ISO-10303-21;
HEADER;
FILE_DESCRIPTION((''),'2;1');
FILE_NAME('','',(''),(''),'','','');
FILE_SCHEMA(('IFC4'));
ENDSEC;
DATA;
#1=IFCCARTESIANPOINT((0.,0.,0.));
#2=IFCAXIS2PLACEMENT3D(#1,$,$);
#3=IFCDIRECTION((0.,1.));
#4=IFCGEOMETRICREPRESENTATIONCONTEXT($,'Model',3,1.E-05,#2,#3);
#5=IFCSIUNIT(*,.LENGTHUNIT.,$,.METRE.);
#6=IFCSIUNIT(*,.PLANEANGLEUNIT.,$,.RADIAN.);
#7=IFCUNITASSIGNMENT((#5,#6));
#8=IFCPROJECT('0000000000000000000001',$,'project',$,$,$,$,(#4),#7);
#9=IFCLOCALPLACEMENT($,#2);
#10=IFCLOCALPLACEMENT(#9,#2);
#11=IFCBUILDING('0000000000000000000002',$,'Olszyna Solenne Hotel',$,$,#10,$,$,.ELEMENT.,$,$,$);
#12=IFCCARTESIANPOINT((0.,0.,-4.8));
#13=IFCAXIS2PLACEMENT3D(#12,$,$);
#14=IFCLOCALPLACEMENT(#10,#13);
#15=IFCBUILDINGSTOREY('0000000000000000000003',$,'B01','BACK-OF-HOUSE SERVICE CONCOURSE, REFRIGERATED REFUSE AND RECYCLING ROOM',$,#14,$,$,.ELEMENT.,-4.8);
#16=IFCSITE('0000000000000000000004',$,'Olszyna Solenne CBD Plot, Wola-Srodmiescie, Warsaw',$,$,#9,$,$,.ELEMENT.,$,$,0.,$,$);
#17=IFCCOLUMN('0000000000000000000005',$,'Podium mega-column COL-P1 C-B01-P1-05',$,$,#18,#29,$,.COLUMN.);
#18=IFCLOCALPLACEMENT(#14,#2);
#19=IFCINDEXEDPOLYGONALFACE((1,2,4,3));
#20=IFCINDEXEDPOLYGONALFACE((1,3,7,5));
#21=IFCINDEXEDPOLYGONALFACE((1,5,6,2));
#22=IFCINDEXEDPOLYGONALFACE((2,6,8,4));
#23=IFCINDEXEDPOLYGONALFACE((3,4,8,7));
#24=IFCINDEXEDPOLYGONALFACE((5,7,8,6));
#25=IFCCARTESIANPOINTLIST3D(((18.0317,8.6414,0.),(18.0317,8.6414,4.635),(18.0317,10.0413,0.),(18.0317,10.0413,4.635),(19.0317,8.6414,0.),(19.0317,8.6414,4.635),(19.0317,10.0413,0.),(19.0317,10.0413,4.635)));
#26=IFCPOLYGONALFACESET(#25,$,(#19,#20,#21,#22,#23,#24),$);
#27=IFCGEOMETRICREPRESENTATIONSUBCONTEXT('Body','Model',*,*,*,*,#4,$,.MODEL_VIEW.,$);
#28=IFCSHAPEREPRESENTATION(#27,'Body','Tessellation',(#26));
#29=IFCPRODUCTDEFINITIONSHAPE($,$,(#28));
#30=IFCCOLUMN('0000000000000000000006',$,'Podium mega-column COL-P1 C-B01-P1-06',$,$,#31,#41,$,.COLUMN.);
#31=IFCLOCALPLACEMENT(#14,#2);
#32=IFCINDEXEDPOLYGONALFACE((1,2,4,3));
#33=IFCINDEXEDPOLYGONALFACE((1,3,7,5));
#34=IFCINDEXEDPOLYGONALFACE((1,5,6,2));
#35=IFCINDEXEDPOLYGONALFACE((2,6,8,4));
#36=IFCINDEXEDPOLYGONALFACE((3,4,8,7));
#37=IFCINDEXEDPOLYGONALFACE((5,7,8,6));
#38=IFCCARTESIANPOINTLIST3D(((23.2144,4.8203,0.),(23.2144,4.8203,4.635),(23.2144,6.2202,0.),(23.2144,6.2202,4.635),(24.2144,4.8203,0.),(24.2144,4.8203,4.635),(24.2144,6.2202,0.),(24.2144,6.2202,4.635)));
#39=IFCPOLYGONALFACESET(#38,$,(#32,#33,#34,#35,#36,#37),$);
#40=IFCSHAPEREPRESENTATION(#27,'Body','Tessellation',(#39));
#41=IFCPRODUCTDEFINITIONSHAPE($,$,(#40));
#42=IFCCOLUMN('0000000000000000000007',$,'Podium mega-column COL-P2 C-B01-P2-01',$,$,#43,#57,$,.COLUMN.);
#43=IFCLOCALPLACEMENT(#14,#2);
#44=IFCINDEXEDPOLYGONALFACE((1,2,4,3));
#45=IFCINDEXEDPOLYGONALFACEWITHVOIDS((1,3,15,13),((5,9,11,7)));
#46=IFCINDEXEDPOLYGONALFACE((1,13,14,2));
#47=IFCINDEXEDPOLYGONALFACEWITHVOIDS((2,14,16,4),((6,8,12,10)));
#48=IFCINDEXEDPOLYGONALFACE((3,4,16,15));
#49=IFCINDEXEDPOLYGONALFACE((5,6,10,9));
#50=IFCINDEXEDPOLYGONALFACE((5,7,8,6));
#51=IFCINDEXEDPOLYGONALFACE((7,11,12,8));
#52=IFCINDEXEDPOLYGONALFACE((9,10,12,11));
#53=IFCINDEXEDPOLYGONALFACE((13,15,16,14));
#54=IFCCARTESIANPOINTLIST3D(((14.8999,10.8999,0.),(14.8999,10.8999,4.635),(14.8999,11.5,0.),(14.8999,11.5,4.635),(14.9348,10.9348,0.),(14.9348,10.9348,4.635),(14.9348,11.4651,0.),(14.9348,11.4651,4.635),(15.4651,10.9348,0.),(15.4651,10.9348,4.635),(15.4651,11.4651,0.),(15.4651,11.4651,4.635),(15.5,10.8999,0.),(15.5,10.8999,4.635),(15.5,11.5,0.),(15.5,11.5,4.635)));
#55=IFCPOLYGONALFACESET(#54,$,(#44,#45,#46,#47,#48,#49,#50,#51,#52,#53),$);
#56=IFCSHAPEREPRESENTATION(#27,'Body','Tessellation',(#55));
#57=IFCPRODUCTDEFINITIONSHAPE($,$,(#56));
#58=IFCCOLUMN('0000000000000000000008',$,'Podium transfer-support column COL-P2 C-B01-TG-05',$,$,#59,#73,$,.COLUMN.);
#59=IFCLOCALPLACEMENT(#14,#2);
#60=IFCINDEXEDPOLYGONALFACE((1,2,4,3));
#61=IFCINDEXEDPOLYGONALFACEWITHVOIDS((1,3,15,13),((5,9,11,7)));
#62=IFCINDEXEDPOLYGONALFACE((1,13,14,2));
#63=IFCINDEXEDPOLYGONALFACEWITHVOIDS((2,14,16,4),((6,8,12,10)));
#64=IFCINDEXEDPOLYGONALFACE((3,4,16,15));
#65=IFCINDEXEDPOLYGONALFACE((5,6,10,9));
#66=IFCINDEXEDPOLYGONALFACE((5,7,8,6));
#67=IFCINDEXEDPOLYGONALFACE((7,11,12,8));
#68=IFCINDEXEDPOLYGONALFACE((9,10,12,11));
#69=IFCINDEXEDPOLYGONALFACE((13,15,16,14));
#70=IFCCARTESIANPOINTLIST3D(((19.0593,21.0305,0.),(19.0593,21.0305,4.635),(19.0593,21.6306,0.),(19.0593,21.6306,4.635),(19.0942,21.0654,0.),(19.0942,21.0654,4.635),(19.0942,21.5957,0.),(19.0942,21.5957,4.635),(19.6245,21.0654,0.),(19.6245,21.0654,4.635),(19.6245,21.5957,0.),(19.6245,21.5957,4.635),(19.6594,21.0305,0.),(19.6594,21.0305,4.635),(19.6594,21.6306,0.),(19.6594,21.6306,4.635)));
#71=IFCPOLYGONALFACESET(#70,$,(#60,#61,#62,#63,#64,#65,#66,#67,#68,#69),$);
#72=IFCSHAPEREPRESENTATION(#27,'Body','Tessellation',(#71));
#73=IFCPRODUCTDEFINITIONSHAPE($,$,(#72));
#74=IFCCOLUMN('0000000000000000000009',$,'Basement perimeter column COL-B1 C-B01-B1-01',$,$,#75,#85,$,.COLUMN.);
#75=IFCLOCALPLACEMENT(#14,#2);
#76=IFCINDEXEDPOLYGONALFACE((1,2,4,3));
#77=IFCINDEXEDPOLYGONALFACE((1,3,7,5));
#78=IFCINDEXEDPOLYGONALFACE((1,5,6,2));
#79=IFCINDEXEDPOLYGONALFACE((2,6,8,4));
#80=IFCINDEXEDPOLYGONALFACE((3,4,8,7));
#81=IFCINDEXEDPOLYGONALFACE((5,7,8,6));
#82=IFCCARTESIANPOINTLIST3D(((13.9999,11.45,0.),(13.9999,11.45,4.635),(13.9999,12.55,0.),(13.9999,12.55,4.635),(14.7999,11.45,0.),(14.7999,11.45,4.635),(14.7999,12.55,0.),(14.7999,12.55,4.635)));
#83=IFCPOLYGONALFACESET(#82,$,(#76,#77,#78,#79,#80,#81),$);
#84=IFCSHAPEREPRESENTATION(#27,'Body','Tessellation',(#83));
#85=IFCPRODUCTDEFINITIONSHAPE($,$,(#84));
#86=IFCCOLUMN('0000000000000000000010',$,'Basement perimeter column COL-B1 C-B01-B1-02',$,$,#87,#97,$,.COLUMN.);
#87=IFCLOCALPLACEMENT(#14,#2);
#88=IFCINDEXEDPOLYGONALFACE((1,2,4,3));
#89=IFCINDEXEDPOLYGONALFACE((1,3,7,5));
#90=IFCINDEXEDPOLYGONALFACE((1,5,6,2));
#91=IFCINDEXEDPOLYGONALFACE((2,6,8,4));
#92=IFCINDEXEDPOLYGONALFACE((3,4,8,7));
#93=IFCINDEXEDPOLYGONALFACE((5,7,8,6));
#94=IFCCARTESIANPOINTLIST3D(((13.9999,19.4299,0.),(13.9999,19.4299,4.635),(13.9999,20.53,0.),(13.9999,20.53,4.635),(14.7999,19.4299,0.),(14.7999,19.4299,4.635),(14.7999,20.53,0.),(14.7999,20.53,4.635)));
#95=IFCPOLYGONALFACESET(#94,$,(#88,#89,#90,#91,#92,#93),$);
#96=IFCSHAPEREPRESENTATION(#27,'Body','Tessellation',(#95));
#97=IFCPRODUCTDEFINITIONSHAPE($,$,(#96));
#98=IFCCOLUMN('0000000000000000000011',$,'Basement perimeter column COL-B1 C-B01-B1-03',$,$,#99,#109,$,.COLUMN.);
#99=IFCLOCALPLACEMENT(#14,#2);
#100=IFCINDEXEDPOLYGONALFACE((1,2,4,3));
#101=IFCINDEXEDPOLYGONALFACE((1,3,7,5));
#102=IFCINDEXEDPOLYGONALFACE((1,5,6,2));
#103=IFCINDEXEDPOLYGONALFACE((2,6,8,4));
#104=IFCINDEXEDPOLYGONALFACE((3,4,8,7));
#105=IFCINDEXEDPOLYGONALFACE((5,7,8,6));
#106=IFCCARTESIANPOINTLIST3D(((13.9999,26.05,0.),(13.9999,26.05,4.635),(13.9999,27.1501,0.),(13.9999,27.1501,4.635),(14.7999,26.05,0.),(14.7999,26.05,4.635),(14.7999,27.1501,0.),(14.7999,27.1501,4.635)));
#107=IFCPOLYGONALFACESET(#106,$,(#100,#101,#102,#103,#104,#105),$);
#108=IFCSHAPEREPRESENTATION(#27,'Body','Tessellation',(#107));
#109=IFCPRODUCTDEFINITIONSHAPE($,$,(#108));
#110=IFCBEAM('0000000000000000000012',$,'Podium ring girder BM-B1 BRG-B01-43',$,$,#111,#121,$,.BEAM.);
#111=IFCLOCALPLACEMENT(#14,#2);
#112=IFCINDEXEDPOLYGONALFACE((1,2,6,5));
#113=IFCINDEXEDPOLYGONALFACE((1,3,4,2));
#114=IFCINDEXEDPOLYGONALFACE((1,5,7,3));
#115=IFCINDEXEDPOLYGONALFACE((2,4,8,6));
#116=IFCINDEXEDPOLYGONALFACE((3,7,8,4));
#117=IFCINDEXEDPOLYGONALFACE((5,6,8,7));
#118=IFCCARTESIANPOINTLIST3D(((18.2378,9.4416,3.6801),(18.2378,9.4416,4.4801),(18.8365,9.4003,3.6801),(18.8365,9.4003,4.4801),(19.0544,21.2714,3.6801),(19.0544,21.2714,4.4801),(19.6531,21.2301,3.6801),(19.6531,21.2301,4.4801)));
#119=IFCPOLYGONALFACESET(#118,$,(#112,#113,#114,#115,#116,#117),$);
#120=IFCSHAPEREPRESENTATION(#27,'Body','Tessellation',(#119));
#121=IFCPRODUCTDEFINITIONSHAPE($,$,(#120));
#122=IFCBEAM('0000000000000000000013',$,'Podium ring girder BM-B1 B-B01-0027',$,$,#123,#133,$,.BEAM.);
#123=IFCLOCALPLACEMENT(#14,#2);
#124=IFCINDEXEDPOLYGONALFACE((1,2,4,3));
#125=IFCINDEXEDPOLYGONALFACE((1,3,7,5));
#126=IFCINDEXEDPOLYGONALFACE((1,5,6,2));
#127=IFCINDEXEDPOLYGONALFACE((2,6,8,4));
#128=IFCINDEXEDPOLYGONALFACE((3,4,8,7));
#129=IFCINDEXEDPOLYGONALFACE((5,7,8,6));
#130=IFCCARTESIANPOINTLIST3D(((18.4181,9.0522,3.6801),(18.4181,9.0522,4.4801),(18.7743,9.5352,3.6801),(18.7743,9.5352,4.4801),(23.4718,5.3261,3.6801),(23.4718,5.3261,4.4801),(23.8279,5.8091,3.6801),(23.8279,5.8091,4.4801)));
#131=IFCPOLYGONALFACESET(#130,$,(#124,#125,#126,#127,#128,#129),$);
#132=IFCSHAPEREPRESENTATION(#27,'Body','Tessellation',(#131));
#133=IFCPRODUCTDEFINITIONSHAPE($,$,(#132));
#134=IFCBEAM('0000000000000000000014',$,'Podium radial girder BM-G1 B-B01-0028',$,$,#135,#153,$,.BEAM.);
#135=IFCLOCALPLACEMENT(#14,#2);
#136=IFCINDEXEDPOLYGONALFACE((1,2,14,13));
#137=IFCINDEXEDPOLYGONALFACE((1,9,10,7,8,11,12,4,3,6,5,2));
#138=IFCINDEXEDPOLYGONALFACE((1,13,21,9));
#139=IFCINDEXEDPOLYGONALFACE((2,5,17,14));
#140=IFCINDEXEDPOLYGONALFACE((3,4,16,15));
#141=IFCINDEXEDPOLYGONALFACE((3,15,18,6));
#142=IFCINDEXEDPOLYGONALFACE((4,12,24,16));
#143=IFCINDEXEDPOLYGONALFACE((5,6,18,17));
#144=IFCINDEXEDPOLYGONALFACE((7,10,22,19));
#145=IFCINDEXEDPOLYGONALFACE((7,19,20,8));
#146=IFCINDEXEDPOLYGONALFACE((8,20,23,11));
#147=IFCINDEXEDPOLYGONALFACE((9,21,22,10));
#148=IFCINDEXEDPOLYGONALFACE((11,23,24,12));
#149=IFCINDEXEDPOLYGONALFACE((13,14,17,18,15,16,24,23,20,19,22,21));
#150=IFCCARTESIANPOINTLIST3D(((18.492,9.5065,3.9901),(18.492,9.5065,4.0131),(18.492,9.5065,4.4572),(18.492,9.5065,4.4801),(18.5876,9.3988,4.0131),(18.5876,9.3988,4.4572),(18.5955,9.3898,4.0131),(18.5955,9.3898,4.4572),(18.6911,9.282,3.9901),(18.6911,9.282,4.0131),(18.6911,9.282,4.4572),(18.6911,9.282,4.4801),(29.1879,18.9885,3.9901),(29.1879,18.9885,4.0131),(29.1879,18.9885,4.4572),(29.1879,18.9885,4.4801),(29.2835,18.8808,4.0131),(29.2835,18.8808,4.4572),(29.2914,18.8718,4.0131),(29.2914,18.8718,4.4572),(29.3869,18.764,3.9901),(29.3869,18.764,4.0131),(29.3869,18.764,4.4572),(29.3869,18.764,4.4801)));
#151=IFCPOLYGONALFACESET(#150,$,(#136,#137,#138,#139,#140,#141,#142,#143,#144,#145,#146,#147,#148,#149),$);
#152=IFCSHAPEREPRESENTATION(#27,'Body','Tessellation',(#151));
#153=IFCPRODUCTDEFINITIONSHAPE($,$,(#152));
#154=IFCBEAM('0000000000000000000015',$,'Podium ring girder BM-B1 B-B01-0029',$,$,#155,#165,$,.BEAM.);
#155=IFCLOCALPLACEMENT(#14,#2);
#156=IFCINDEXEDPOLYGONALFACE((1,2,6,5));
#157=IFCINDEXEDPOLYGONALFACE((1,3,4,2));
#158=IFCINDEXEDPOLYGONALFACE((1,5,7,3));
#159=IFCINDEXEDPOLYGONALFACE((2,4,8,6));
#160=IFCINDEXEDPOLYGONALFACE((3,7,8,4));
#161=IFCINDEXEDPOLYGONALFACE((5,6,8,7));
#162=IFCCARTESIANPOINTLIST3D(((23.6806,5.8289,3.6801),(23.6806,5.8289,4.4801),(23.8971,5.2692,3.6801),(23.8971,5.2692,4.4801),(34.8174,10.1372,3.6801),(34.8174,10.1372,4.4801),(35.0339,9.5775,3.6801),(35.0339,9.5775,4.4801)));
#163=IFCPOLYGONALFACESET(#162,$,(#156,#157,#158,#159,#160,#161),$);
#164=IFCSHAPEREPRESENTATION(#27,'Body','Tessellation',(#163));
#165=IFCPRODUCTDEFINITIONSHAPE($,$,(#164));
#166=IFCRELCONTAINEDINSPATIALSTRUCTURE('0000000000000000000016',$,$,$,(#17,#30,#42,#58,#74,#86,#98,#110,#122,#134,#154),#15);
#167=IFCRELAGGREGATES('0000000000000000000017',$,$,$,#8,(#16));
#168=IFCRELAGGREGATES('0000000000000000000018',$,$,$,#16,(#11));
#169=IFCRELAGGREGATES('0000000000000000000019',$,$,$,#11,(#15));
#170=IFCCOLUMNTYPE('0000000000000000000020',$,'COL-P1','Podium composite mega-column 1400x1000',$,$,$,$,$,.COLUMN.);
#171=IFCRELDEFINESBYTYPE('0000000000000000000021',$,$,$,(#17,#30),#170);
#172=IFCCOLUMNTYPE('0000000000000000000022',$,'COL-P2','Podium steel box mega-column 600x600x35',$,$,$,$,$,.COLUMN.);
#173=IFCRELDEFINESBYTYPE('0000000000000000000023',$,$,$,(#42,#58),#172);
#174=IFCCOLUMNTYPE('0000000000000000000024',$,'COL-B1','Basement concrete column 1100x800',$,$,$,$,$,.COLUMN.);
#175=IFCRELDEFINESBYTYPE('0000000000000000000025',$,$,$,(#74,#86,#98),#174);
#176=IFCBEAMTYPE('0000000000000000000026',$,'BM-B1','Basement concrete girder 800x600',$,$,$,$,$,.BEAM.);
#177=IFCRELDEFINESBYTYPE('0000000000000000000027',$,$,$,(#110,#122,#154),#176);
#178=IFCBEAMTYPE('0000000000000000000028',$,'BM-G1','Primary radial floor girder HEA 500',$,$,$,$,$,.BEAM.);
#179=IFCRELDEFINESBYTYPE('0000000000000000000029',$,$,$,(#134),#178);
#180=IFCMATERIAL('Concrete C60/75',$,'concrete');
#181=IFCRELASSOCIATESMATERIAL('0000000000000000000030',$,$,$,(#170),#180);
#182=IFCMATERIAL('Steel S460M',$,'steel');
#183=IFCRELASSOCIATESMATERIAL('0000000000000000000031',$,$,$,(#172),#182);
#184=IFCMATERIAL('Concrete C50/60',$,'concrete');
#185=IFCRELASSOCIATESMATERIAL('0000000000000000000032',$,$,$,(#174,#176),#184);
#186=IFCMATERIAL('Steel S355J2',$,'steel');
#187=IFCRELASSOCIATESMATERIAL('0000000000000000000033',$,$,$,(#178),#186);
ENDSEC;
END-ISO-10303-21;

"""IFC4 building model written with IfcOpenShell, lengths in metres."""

from ifc_helpers import new_model, si_unit, direction, frame, origin, origin_2d, place, context, subcontext, project, spatial, rectangle, hollow_rectangle, i_section, extrude, source, transform, mapped, material, material_profile, profile_set, type_object, element, save


model = new_model("IFC4")

# Units and contexts
model_context = context("Model", 3, precision=1e-05, world=origin(), true_north=direction((0.0, 1.0)))
body_context = subcontext(model_context, "Body", "Model", "MODEL_VIEW")
ifc_project = project(units=[si_unit("LENGTHUNIT", "METRE"), si_unit("PLANEANGLEUNIT", "RADIAN")], contexts=[model_context])

# Site, building, storey
site_placement = place(None, origin())
site = spatial("IfcSite", under=ifc_project, at=site_placement, Name="Olszyna Solenne CBD Plot, Wola-Srodmiescie, Warsaw", CompositionType="ELEMENT", RefElevation=0.0)
building_placement = place(site_placement, origin())
building = spatial("IfcBuilding", under=site, at=building_placement, Name="Olszyna Solenne Hotel", CompositionType="ELEMENT")
storey_placement = place(building_placement, frame((0.0, 0.0, -4.8)))
storey = spatial("IfcBuildingStorey", under=building, at=storey_placement, Name="B01", Description="BACK-OF-HOUSE SERVICE CONCOURSE, REFRIGERATED REFUSE AND RECYCLING ROOM", CompositionType="ELEMENT", Elevation=-4.8)

# Columns
ifc_material_1 = material(Name="Concrete C60/75", Category="concrete")
ifc_material_profile_1 = material_profile(ifc_material_1, rectangle(XDim=1.0, YDim=1.3999, at=origin_2d()), Name="RC 1400x1000", Category="load-bearing")
ifc_profile_set_1 = profile_set([ifc_material_profile_1], Name="Concrete C60/75")
column_type_1 = type_object("IfcColumnType", Name="COL-P1", Description="Podium composite mega-column 1400x1000", PredefinedType="COLUMN", material=ifc_profile_set_1)
shared_shape_1 = source(origin(), body_context, "Body", "SweptSolid", [
    extrude(rectangle(XDim=1.0, YDim=1.3999, at=origin_2d()), origin(), (0.0, 0.0, 1.0), 4.635),
])
for number, where, z_axis, x_axis, name in (
    (1, (18.5317, 9.3413, 0.0), (0.0, 0.0, 1.0), (1.0, 0.0, 0.0), "Podium mega-column COL-P1 C-B01-P1-05"),
    (2, (23.7144, 5.5203, 0.0), (0.0, 0.0, 1.0), (1.0, 0.0, 0.0), "Podium mega-column COL-P1 C-B01-P1-06"),
):
    element("IfcColumn", number, at=place(storey_placement, frame(where, z_axis=z_axis, x_axis=x_axis)), inside=storey, type_object=column_type_1, Name=name, PredefinedType="COLUMN", context=body_context, shape_type="MappedRepresentation", body=[
        mapped(shared_shape_1, transform((0.0, 0.0, 0.0), x_axis=(1.0, 0.0, 0.0), y_axis=(0.0, 1.0, 0.0), z_axis=(0.0, 0.0, 1.0), scale=1.0)),
    ])
ifc_material_2 = material(Name="Steel S460M", Category="steel")
ifc_material_profile_2 = material_profile(ifc_material_2, hollow_rectangle(XDim=0.6001, YDim=0.6001, WallThickness=0.0349, at=origin_2d()), Name="SHS 600x600x35", Category="load-bearing")
ifc_profile_set_2 = profile_set([ifc_material_profile_2], Name="Steel S460M")
column_type_2 = type_object("IfcColumnType", Name="COL-P2", Description="Podium steel box mega-column 600x600x35", PredefinedType="COLUMN", material=ifc_profile_set_2)
shared_shape_2 = source(origin(), body_context, "Body", "SweptSolid", [
    extrude(hollow_rectangle(XDim=0.6001, YDim=0.6001, WallThickness=0.0349, at=origin_2d()), origin(), (0.0, 0.0, 1.0), 4.635),
])
for number, where, z_axis, x_axis, name in (
    (3, (15.2, 11.2, 0.0), (0.0, 0.0, 1.0), (1.0, 0.0, 0.0), "Podium mega-column COL-P2 C-B01-P2-01"),
    (4, (19.3594, 21.3306, 0.0), (0.0, 0.0, 1.0), (1.0, 0.0, 0.0), "Podium transfer-support column COL-P2 C-B01-TG-05"),
):
    element("IfcColumn", number, at=place(storey_placement, frame(where, z_axis=z_axis, x_axis=x_axis)), inside=storey, type_object=column_type_2, Name=name, PredefinedType="COLUMN", context=body_context, shape_type="MappedRepresentation", body=[
        mapped(shared_shape_2, transform((0.0, 0.0, 0.0), x_axis=(1.0, 0.0, 0.0), y_axis=(0.0, 1.0, 0.0), z_axis=(0.0, 0.0, 1.0), scale=1.0)),
    ])
ifc_material_3 = material(Name="Concrete C50/60", Category="concrete")
ifc_material_profile_3 = material_profile(ifc_material_3, rectangle(XDim=0.8, YDim=1.1001, at=origin_2d()), Name="RC 1100x800", Category="load-bearing")
ifc_profile_set_3 = profile_set([ifc_material_profile_3], Name="Concrete C50/60")
column_type_3 = type_object("IfcColumnType", Name="COL-B1", Description="Basement concrete column 1100x800", PredefinedType="COLUMN", material=ifc_profile_set_3)
shared_shape_3 = source(origin(), body_context, "Body", "SweptSolid", [
    extrude(rectangle(XDim=0.8, YDim=1.1001, at=origin_2d()), origin(), (0.0, 0.0, 1.0), 4.635),
])
for number, where, z_axis, x_axis, name in (
    (5, (14.3999, 12.0, 0.0), (0.0, 0.0, 1.0), (1.0, 0.0, 0.0), "Basement perimeter column COL-B1 C-B01-B1-01"),
    (6, (14.3999, 19.98, 0.0), (0.0, 0.0, 1.0), (1.0, 0.0, 0.0), "Basement perimeter column COL-B1 C-B01-B1-02"),
    (7, (14.3999, 26.6001, 0.0), (0.0, 0.0, 1.0), (1.0, 0.0, 0.0), "Basement perimeter column COL-B1 C-B01-B1-03"),
):
    element("IfcColumn", number, at=place(storey_placement, frame(where, z_axis=z_axis, x_axis=x_axis)), inside=storey, type_object=column_type_3, Name=name, PredefinedType="COLUMN", context=body_context, shape_type="MappedRepresentation", body=[
        mapped(shared_shape_3, transform((0.0, 0.0, 0.0), x_axis=(1.0, 0.0, 0.0), y_axis=(0.0, 1.0, 0.0), z_axis=(0.0, 0.0, 1.0), scale=1.0)),
    ])

# Beams
ifc_material_profile_4 = material_profile(ifc_material_3, rectangle(XDim=0.6001, YDim=0.8, at=origin_2d()), Name="RC 800x600", Category="load-bearing")
ifc_profile_set_4 = profile_set([ifc_material_profile_4], Name="Concrete C50/60")
beam_type_1 = type_object("IfcBeamType", Name="BM-B1", Description="Basement concrete girder 800x600", PredefinedType="BEAM", material=ifc_profile_set_4)
shared_shape_4 = source(origin(), body_context, "Body", "SweptSolid", [
    extrude(rectangle(XDim=0.6001, YDim=0.8, at=origin_2d()), origin(), (0.0, 0.0, 1.0), 11.8579),
])
beam_1_placement = place(storey_placement, frame((19.3538, 21.2507, 4.0801), z_axis=(-0.068869, -0.997626, 0.0), x_axis=(0.997626, -0.068869, 0.0)))
element("IfcBeam", 8, at=beam_1_placement, inside=storey, type_object=beam_type_1, Name="Podium ring girder BM-B1 BRG-B01-43", PredefinedType="BEAM", context=body_context, shape_type="MappedRepresentation", body=[
    mapped(shared_shape_4, transform((0.0, 0.0, 0.0), x_axis=(1.0, 0.0, 0.0), y_axis=(0.0, 1.0, 0.0), z_axis=(0.0, 0.0, 1.0), scale=1.0)),
])
shared_shape_5 = source(origin(), body_context, "Body", "SweptSolid", [
    extrude(rectangle(XDim=0.6001, YDim=0.8, at=origin_2d()), origin(), (0.0, 0.0, 1.0), 6.2788),
])
beam_2_placement = place(storey_placement, frame((18.5962, 9.2937, 4.0801), z_axis=(0.804882, -0.593435, 0.0), x_axis=(0.593435, 0.804882, 0.0)))
element("IfcBeam", 9, at=beam_2_placement, inside=storey, type_object=beam_type_1, Name="Podium ring girder BM-B1 B-B01-0027", PredefinedType="BEAM", context=body_context, shape_type="MappedRepresentation", body=[
    mapped(shared_shape_5, transform((0.0, 0.0, 0.0), x_axis=(1.0, 0.0, 0.0), y_axis=(0.0, 1.0, 0.0), z_axis=(0.0, 0.0, 1.0), scale=1.0)),
])
ifc_material_4 = material(Name="Steel S355J2", Category="steel")
ifc_material_profile_5 = material_profile(ifc_material_4, i_section(OverallWidth=0.3, OverallDepth=0.49, WebThickness=0.012, FlangeThickness=0.0229, at=origin_2d()), Name="HEA 500", Category="load-bearing")
ifc_profile_set_5 = profile_set([ifc_material_profile_5], Name="Steel S355J2")
beam_type_2 = type_object("IfcBeamType", Name="BM-G1", Description="Primary radial floor girder HEA 500", PredefinedType="BEAM", material=ifc_profile_set_5)
shared_shape_6 = source(origin(), body_context, "Body", "SweptSolid", [
    extrude(i_section(OverallWidth=0.3, OverallDepth=0.49, WebThickness=0.012, FlangeThickness=0.0229, at=origin_2d()), origin(), (0.0, 0.0, 1.0), 14.2937),
])
beam_3_placement = place(storey_placement, frame((18.5916, 9.3943, 4.2351), z_axis=(0.748293, 0.663369, 0.0), x_axis=(-0.663369, 0.748293, 0.0)))
element("IfcBeam", 10, at=beam_3_placement, inside=storey, type_object=beam_type_2, Name="Podium radial girder BM-G1 B-B01-0028", PredefinedType="BEAM", context=body_context, shape_type="MappedRepresentation", body=[
    mapped(shared_shape_6, transform((0.0, 0.0, 0.0), x_axis=(1.0, 0.0, 0.0), y_axis=(0.0, 1.0, 0.0), z_axis=(0.0, 0.0, 1.0), scale=1.0)),
])
shared_shape_7 = source(origin(), body_context, "Body", "SweptSolid", [
    extrude(rectangle(XDim=0.6001, YDim=0.8, at=origin_2d()), origin(), (0.0, 0.0, 1.0), 11.9412),
])
beam_4_placement = place(storey_placement, frame((23.7888, 5.5491, 4.0801), z_axis=(0.932645, 0.360795, 0.0), x_axis=(-0.360795, 0.932645, 0.0)))
element("IfcBeam", 11, at=beam_4_placement, inside=storey, type_object=beam_type_1, Name="Podium ring girder BM-B1 B-B01-0029", PredefinedType="BEAM", context=body_context, shape_type="MappedRepresentation", body=[
    mapped(shared_shape_7, transform((0.0, 0.0, 0.0), x_axis=(1.0, 0.0, 0.0), y_axis=(0.0, 1.0, 0.0), z_axis=(0.0, 0.0, 1.0), scale=1.0)),
])

save(model, "model.ifc")
